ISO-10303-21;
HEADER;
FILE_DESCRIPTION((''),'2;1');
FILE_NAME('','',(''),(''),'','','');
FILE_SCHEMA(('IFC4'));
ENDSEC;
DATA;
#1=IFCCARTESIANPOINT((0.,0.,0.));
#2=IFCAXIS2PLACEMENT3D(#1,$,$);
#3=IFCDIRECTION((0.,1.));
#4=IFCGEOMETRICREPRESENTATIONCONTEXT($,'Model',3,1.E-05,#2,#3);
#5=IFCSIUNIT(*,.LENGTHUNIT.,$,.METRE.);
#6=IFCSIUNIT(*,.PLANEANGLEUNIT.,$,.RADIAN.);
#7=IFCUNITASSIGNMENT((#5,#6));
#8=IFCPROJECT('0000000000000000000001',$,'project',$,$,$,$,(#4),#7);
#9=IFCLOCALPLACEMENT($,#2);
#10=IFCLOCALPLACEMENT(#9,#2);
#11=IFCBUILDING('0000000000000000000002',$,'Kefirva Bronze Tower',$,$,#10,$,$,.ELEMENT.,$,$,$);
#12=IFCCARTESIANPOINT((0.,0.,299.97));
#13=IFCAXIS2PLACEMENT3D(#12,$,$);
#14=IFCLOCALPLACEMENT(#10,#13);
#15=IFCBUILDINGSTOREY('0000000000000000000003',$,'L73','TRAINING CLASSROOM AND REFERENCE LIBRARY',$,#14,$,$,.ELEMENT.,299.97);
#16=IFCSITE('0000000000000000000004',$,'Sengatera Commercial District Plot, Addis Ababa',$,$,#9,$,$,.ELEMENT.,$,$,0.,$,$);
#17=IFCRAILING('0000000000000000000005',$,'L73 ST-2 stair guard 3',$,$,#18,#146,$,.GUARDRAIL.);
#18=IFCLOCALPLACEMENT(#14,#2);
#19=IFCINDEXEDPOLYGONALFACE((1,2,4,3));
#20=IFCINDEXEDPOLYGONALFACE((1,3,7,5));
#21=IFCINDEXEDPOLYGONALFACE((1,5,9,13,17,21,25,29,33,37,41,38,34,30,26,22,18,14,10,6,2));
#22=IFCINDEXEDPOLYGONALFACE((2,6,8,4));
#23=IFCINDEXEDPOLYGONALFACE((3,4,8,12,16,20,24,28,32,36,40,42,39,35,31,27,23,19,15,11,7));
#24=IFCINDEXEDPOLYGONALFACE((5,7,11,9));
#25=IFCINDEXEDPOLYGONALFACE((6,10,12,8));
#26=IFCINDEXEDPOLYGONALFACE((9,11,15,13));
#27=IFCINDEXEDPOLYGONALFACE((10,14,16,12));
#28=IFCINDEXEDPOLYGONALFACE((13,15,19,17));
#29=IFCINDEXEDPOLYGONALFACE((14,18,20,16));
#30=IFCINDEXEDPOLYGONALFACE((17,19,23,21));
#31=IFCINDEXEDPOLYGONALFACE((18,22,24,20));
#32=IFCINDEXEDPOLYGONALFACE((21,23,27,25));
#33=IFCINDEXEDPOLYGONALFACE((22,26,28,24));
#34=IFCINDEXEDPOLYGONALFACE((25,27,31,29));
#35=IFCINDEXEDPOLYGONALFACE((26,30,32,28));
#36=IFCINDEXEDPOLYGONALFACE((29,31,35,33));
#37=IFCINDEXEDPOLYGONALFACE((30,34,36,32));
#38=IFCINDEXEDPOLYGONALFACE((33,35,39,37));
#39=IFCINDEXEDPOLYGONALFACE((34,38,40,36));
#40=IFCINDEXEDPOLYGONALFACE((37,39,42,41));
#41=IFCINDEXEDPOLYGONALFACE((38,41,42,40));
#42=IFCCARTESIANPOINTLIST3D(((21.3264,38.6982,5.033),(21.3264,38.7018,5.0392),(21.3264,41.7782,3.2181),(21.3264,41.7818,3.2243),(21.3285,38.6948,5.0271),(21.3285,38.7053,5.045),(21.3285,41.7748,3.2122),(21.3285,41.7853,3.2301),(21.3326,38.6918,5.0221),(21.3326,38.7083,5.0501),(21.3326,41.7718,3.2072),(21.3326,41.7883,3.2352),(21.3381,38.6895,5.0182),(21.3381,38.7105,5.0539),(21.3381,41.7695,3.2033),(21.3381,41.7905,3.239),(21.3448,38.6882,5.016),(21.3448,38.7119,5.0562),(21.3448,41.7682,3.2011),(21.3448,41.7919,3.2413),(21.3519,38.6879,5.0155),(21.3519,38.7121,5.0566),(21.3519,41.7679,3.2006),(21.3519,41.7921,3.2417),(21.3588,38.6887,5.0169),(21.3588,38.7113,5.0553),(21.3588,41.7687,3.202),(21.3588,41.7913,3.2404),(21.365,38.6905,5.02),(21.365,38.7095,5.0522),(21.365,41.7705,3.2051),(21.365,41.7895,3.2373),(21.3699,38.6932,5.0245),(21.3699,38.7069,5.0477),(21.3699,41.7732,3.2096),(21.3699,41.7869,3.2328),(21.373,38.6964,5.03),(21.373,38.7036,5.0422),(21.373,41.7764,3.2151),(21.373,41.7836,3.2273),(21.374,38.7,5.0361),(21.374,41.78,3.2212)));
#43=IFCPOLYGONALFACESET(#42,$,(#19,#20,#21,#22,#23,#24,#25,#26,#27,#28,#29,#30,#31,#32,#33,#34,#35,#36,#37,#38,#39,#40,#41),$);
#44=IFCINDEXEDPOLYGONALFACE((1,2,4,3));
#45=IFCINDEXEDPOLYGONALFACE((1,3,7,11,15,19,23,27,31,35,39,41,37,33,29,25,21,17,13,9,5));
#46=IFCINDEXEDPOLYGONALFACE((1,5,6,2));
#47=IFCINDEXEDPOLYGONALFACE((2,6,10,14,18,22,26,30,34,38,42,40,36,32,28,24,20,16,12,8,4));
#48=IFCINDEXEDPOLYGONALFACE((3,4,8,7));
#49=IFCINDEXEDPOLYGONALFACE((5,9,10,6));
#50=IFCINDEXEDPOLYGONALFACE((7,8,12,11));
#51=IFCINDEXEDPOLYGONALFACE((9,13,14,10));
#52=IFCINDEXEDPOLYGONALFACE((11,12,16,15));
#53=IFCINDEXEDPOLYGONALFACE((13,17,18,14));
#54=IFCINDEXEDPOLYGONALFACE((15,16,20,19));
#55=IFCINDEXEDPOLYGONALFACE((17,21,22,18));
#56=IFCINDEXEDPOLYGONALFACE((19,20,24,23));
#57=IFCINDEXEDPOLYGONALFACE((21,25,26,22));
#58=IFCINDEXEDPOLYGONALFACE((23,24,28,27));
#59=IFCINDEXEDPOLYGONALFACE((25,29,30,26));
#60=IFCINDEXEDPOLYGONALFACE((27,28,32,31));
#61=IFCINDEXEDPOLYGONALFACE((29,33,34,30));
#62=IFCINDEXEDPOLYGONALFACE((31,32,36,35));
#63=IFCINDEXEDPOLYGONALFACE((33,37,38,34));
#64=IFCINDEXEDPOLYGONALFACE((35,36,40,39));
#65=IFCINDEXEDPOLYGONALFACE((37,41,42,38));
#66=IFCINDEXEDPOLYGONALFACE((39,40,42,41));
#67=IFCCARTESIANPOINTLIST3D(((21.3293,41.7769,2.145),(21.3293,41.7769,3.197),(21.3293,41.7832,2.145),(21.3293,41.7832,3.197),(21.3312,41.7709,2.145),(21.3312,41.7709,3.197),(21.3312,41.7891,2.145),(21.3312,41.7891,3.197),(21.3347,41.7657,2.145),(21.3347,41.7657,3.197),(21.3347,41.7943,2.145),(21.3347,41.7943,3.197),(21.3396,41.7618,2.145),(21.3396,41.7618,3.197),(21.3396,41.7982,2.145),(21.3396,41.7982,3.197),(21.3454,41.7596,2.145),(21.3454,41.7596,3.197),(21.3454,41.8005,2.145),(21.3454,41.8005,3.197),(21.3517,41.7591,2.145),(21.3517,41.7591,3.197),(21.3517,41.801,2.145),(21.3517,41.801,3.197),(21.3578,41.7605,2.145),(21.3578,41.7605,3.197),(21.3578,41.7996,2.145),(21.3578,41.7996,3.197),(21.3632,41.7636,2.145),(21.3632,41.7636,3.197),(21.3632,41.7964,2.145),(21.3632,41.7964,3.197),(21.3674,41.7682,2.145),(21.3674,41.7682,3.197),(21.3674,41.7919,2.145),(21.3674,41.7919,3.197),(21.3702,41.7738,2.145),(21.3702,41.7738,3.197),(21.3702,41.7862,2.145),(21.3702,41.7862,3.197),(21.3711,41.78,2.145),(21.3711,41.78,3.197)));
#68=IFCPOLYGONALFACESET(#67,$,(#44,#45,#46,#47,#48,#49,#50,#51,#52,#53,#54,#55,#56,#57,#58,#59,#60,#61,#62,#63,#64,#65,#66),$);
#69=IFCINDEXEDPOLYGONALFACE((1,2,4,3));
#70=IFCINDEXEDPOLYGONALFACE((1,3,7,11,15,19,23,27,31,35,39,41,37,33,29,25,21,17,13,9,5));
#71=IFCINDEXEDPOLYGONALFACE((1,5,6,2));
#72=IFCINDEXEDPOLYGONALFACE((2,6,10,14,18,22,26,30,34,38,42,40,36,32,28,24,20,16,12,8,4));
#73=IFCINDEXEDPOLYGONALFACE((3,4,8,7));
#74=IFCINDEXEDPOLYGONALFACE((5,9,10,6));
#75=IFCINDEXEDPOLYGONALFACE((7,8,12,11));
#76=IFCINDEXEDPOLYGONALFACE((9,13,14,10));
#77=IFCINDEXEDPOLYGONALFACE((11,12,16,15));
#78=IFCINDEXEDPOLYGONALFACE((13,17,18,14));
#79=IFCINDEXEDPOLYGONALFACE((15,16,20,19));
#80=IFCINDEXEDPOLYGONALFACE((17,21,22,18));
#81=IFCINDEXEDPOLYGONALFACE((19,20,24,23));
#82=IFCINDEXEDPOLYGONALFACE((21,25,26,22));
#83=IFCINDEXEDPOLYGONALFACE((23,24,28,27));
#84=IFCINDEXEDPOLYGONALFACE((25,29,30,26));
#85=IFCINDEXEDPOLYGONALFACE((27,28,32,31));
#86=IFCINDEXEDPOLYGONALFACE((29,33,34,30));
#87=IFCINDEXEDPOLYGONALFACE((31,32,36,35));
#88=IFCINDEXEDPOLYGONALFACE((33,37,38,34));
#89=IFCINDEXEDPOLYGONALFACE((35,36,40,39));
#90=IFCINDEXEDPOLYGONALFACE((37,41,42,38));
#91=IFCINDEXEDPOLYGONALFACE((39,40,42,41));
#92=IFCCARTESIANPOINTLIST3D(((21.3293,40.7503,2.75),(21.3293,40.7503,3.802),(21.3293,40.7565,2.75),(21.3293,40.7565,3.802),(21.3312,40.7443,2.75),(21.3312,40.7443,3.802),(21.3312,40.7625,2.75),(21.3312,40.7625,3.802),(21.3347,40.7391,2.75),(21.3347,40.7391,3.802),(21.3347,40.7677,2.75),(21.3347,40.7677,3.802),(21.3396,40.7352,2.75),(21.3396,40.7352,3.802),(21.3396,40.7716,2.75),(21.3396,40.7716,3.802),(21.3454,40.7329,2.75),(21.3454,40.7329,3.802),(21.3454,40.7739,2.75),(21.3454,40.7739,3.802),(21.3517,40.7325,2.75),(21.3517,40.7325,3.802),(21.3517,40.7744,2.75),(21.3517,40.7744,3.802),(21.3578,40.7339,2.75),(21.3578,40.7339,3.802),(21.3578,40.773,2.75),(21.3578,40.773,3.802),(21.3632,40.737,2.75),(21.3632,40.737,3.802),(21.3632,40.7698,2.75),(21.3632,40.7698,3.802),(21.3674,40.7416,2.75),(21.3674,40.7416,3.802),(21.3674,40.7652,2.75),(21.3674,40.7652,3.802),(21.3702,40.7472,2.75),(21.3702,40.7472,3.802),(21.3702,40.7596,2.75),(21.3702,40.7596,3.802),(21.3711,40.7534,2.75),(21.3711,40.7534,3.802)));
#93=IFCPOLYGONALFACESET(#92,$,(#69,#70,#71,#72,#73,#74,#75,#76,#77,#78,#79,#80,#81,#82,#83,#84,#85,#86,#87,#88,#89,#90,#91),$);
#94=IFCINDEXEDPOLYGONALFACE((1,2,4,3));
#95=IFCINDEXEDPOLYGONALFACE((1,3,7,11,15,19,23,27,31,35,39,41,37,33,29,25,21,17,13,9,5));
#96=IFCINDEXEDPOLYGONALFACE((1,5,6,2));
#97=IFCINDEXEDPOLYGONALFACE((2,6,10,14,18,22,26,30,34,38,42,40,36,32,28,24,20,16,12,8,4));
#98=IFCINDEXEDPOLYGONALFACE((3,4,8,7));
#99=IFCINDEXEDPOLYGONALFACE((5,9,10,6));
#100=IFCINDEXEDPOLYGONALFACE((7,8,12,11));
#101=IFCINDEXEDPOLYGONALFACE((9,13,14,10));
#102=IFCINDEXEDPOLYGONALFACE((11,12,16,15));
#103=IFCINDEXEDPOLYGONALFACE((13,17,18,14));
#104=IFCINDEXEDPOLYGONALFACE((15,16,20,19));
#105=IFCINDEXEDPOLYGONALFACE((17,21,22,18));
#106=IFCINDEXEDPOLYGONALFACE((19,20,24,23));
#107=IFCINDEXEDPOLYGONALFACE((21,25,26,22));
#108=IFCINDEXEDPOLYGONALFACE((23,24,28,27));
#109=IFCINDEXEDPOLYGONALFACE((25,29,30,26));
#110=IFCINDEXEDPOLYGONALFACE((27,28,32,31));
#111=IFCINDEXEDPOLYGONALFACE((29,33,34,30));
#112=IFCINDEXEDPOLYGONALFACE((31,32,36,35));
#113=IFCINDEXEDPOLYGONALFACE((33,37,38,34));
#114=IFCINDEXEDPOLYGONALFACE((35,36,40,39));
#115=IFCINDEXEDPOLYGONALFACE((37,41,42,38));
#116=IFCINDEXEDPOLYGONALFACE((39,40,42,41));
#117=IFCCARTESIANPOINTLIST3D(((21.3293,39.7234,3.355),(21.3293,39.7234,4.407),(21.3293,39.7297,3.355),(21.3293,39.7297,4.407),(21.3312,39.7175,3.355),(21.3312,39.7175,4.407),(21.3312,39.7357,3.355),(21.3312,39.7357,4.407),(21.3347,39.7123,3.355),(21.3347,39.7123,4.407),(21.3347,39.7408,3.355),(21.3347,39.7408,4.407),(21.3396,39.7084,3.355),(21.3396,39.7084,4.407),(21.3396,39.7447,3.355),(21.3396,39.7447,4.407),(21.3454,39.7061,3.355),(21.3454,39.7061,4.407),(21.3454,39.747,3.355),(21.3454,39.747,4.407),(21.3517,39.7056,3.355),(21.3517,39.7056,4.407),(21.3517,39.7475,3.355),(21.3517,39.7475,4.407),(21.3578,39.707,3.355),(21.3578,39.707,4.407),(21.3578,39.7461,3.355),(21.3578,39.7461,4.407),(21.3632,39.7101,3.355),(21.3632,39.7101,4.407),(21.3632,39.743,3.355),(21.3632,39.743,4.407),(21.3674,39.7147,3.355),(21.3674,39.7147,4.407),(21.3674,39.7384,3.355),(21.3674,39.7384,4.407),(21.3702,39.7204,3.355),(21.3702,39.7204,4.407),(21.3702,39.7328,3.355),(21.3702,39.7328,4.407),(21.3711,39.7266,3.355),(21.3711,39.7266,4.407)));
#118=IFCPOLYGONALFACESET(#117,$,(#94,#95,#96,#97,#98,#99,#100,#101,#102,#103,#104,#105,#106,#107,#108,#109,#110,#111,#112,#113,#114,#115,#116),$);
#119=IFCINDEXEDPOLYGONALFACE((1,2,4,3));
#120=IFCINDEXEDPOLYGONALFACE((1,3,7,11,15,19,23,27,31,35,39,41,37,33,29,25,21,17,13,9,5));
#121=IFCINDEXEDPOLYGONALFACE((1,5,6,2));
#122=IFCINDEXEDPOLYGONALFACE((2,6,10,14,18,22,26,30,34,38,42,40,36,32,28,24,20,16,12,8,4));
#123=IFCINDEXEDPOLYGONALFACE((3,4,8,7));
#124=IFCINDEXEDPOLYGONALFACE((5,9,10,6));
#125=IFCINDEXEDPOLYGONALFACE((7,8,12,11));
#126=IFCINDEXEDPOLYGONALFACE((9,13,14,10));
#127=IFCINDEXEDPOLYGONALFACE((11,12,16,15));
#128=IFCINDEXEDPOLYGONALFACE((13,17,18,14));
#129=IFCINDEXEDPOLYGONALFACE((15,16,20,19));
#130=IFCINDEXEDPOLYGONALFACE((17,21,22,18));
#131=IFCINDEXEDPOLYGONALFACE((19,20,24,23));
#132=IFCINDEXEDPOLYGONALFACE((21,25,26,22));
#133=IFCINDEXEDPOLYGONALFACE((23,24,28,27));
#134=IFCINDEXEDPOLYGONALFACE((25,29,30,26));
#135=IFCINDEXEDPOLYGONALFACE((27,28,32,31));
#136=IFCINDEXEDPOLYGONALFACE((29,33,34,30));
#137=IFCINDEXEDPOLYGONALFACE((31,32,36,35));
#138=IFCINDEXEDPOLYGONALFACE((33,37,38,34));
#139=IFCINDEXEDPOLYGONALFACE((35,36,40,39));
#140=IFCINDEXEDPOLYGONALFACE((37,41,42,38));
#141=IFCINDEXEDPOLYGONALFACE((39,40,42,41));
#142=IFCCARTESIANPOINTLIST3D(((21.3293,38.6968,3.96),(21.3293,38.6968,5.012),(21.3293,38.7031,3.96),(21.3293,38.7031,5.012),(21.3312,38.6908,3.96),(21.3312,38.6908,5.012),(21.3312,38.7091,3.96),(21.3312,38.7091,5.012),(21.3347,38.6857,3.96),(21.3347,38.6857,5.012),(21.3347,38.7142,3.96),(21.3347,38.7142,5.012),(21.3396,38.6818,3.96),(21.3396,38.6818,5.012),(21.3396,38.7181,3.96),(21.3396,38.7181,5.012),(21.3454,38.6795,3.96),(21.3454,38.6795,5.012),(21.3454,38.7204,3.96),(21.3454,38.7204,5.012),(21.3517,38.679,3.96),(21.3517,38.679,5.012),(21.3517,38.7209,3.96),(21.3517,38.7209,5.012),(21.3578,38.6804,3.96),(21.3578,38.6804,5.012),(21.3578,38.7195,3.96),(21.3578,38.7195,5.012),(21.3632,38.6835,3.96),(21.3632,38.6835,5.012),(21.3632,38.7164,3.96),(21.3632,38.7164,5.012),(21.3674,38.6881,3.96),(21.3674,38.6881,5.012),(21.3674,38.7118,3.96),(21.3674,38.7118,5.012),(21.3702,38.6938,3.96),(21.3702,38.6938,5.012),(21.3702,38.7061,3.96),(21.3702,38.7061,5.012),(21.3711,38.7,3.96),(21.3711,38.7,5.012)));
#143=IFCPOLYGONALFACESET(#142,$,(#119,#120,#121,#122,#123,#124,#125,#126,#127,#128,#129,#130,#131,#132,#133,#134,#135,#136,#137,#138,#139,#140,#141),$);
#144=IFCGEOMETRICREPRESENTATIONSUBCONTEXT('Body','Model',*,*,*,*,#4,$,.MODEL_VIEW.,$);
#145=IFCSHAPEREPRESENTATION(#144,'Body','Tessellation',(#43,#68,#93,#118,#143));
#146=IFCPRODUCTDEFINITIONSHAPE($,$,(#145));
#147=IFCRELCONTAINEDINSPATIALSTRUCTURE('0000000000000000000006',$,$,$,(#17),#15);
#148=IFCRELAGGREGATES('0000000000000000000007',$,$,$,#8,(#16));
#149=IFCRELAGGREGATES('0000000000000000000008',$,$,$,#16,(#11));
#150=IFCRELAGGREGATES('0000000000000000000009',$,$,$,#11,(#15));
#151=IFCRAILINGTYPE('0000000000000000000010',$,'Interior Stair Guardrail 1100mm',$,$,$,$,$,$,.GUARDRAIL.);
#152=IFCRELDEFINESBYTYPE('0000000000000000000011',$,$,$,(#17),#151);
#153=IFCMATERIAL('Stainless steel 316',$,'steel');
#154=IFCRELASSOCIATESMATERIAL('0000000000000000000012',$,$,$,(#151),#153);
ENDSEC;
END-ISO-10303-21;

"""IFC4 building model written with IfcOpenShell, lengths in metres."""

from ifc_helpers import new_model, si_unit, direction, frame, origin, origin_2d, place, context, subcontext, project, spatial, circle, extrude, material, type_object, element, save


model = new_model("IFC4")

# Units and contexts
model_context = context("Model", 3, precision=1e-05, world=origin(), true_north=direction((0.0, 1.0)))
body_context = subcontext(model_context, "Body", "Model", "MODEL_VIEW")
ifc_project = project(units=[si_unit("LENGTHUNIT", "METRE"), si_unit("PLANEANGLEUNIT", "RADIAN")], contexts=[model_context])

# Site, building, storey
site_placement = place(None, origin())
site = spatial("IfcSite", under=ifc_project, at=site_placement, Name="Sengatera Commercial District Plot, Addis Ababa", CompositionType="ELEMENT", RefElevation=0.0)
building_placement = place(site_placement, origin())
building = spatial("IfcBuilding", under=site, at=building_placement, Name="Kefirva Bronze Tower", CompositionType="ELEMENT")
storey_placement = place(building_placement, frame((0.0, 0.0, 299.97)))
storey = spatial("IfcBuildingStorey", under=building, at=storey_placement, Name="L73", Description="TRAINING CLASSROOM AND REFERENCE LIBRARY", CompositionType="ELEMENT", Elevation=299.97)

# Shared definitions
ifc_material_1 = material(Name="Stainless steel 316", Category="steel")

# Railing
railing_type_1 = type_object("IfcRailingType", Name="Interior Stair Guardrail 1100mm", PredefinedType="GUARDRAIL", material=ifc_material_1)
railing_1_placement = place(storey_placement, frame((21.3501, 41.78, 2.145)))
element("IfcRailing", 1, at=railing_1_placement, inside=storey, type_object=railing_type_1, Name="L73 ST-2 stair guard 3", PredefinedType="GUARDRAIL", context=body_context, shape_type="SweptSolid", body=[
    extrude(circle(Radius=0.0239, at=origin_2d()), frame((0.0, 0.0, 1.0762), z_axis=(0.0, -0.861551, 0.507671), x_axis=(1.0, 0.0, 0.0)), (0.0, 0.0, 1.0), 3.575),
    extrude(circle(Radius=0.021, at=origin_2d()), origin(), (0.0, 0.0, 1.0), 1.052),
    extrude(circle(Radius=0.021, at=origin_2d()), frame((0.0, -1.0266, 0.605)), (0.0, 0.0, 1.0), 1.052),
    extrude(circle(Radius=0.021, at=origin_2d()), frame((0.0, -2.0535, 1.21)), (0.0, 0.0, 1.0), 1.052),
    extrude(circle(Radius=0.021, at=origin_2d()), frame((0.0, -3.0801, 1.8149)), (0.0, 0.0, 1.0), 1.052),
])

save(model, "model.ifc")
